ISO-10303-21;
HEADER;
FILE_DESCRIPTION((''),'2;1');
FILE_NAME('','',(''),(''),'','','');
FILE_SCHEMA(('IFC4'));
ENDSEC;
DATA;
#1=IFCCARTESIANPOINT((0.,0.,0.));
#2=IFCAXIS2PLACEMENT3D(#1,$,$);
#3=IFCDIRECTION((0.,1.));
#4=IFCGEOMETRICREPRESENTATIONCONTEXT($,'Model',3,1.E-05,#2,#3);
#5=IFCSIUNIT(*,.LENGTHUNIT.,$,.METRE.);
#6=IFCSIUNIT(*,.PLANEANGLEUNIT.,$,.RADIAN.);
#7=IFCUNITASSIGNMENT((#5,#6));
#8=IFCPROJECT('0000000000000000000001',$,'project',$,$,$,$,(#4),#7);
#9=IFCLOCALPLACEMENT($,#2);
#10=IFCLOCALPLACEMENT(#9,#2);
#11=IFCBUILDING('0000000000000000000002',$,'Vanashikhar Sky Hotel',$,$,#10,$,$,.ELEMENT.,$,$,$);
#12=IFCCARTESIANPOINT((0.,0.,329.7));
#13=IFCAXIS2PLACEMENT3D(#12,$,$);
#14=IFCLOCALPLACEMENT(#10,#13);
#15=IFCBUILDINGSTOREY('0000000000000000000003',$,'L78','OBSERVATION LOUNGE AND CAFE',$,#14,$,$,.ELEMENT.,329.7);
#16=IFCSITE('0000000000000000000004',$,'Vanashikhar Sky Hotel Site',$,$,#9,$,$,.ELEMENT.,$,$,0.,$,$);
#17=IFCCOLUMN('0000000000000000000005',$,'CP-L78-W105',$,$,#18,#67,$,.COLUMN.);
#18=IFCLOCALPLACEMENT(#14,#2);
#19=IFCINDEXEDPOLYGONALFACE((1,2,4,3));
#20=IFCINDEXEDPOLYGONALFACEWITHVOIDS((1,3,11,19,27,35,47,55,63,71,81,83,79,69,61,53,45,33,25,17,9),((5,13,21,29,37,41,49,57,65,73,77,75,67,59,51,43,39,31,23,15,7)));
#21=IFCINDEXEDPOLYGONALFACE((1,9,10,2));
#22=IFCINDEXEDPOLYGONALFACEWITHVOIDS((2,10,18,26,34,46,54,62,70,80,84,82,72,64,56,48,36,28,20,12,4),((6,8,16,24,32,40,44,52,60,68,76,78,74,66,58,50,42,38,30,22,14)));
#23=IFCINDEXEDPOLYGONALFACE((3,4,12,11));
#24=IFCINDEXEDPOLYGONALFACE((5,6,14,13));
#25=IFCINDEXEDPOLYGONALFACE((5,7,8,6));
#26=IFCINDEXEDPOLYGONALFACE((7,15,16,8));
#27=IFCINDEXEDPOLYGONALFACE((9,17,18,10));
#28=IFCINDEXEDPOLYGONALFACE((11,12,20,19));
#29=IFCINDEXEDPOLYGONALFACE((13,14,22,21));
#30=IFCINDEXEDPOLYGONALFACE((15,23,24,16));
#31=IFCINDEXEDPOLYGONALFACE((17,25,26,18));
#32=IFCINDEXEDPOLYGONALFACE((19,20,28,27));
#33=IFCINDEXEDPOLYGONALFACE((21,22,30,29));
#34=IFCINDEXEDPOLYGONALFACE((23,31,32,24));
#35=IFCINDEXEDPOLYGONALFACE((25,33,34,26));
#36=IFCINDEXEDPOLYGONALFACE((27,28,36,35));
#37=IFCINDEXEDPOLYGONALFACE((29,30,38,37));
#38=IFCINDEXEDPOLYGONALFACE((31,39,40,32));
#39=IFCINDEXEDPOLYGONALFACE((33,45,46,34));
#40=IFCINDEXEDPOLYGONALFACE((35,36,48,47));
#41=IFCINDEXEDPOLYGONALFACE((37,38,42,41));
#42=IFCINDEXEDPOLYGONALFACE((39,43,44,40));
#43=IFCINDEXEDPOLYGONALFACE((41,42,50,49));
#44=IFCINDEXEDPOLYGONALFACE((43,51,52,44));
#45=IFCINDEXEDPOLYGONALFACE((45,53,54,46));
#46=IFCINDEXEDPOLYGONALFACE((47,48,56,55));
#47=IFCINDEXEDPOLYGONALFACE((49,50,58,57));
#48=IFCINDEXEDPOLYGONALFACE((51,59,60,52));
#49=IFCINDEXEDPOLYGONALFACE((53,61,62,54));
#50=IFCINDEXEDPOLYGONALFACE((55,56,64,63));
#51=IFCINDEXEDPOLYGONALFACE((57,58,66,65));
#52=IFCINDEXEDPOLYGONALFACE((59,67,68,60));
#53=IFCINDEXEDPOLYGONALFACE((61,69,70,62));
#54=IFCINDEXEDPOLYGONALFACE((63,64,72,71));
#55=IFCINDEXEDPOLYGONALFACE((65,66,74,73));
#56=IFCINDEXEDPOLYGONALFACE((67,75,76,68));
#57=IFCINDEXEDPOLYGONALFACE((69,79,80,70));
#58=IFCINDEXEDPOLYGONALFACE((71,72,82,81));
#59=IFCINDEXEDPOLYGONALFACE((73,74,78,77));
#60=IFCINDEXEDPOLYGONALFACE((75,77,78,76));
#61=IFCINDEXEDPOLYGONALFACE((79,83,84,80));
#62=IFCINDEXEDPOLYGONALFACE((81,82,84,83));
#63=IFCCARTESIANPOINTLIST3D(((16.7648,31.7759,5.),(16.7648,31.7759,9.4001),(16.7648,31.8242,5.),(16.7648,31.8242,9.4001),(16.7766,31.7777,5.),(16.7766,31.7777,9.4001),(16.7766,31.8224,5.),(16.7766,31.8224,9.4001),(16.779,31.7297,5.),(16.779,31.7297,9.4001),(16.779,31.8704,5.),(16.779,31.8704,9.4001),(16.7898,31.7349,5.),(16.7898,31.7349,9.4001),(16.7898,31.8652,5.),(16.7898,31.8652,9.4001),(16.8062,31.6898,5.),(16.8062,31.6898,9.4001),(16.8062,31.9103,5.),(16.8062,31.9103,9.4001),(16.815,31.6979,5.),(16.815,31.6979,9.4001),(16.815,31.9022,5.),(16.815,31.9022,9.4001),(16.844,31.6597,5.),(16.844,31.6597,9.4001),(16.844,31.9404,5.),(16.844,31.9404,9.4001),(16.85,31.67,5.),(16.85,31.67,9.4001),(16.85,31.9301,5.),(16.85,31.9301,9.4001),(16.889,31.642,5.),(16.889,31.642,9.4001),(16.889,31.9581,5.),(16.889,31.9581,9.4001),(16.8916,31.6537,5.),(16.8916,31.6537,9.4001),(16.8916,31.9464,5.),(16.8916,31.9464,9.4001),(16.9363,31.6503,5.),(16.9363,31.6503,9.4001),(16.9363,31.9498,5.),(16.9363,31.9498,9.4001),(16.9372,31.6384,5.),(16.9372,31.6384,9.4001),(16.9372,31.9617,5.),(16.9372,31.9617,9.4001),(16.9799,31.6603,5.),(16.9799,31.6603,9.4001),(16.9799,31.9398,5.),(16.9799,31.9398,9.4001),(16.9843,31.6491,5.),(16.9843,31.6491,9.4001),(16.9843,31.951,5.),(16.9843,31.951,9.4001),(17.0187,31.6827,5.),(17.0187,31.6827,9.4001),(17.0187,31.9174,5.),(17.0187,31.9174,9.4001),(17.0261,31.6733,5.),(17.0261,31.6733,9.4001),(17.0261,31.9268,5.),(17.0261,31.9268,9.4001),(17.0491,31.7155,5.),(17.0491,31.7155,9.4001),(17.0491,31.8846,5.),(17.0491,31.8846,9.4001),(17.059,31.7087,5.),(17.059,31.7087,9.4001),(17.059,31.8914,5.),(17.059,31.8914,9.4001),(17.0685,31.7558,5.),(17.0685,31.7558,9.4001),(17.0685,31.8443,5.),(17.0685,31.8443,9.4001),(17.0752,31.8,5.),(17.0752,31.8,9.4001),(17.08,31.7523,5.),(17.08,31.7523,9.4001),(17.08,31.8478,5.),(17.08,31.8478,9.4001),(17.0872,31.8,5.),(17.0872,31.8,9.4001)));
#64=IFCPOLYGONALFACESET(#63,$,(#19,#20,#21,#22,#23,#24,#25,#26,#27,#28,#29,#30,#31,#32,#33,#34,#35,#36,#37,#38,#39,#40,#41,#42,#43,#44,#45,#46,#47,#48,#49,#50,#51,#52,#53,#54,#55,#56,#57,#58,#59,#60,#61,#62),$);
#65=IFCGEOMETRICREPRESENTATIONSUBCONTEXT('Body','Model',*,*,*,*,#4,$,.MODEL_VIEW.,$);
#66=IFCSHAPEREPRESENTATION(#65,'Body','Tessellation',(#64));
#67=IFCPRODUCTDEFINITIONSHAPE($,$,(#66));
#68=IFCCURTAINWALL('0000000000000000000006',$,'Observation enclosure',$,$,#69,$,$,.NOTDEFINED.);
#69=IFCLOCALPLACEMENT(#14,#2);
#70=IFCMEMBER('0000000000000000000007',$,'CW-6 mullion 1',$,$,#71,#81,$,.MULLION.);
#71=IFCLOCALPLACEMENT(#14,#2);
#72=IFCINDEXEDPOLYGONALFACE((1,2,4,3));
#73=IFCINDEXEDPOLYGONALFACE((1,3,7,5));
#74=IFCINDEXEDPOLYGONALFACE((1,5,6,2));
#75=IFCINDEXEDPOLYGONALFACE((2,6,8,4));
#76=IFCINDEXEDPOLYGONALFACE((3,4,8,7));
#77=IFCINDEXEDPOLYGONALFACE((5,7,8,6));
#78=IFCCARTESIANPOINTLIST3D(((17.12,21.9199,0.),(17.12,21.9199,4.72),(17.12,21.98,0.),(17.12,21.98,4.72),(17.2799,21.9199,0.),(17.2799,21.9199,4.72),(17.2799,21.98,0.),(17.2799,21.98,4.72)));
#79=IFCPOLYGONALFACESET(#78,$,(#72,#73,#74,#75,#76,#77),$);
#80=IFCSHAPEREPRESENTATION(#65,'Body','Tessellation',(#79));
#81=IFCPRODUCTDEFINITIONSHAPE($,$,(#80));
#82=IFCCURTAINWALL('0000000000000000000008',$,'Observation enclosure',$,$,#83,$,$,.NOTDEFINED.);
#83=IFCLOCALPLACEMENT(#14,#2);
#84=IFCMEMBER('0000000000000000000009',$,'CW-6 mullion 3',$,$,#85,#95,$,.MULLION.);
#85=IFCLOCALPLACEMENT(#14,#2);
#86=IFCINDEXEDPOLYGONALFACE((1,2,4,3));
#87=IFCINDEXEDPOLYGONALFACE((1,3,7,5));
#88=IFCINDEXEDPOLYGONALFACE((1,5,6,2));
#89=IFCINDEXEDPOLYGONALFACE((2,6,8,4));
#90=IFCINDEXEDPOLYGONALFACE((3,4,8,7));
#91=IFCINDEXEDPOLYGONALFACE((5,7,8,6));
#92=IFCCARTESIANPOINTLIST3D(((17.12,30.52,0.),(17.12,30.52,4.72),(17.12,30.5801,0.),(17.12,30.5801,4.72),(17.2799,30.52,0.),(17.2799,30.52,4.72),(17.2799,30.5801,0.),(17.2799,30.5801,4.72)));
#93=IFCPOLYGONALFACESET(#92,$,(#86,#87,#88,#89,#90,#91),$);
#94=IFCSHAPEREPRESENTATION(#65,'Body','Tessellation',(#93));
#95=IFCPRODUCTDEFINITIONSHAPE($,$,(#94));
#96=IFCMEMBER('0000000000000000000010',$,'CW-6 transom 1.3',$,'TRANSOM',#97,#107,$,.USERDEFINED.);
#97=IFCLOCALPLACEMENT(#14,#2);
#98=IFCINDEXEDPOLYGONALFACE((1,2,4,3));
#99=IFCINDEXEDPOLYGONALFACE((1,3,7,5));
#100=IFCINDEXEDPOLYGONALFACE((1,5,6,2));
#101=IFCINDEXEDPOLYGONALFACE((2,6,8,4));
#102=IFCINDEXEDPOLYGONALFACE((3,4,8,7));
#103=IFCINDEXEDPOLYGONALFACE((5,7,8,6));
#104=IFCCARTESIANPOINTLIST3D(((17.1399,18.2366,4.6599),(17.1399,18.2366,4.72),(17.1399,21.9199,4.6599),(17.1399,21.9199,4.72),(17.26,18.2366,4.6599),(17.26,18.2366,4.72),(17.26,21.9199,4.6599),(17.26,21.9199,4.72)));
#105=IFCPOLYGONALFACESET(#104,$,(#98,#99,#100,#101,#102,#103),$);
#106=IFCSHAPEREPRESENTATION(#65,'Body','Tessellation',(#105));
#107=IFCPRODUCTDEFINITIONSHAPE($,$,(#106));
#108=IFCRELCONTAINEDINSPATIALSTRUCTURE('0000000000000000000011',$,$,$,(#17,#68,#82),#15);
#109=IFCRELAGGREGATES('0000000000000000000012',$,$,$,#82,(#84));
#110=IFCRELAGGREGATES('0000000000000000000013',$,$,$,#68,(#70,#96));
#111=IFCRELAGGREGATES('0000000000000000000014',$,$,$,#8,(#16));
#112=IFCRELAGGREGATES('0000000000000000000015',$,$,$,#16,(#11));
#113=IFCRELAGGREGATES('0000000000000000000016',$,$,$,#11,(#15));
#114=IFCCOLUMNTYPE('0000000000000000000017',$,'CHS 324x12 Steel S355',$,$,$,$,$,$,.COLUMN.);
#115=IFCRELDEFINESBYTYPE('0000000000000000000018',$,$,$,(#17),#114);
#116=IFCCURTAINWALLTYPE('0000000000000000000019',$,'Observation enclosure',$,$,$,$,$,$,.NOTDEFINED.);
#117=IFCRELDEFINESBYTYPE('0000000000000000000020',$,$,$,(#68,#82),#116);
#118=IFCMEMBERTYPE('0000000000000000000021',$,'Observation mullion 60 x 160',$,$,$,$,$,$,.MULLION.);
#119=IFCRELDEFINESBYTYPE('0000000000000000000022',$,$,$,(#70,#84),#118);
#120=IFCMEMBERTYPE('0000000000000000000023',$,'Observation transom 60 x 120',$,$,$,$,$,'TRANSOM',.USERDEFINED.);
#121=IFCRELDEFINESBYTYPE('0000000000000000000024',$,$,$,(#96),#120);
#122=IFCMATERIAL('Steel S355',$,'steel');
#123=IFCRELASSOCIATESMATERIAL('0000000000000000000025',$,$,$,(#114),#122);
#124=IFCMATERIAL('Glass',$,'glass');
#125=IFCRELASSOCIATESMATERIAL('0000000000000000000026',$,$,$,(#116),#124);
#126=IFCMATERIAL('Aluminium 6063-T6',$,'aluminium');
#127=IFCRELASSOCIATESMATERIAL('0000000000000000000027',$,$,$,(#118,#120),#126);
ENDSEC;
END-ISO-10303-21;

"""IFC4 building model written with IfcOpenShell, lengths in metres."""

from ifc_helpers import new_model, si_unit, direction, frame, origin, origin_2d, place, context, subcontext, project, spatial, rectangle, hollow_circle, extrude, source, transform, mapped, material, material_profile, profile_set, type_object, element, aggregate, save


model = new_model("IFC4")

# Units and contexts
model_context = context("Model", 3, precision=1e-05, world=origin(), true_north=direction((0.0, 1.0)))
body_context = subcontext(model_context, "Body", "Model", "MODEL_VIEW")
ifc_project = project(units=[si_unit("LENGTHUNIT", "METRE"), si_unit("PLANEANGLEUNIT", "RADIAN")], contexts=[model_context])

# Site, building, storey
site_placement = place(None, origin())
site = spatial("IfcSite", under=ifc_project, at=site_placement, Name="Vanashikhar Sky Hotel Site", CompositionType="ELEMENT", RefElevation=0.0)
building_placement = place(site_placement, origin())
building = spatial("IfcBuilding", under=site, at=building_placement, Name="Vanashikhar Sky Hotel", CompositionType="ELEMENT")
storey_placement = place(building_placement, frame((0.0, 0.0, 329.7)))
storey = spatial("IfcBuildingStorey", under=building, at=storey_placement, Name="L78", Description="OBSERVATION LOUNGE AND CAFE", CompositionType="ELEMENT", Elevation=329.7)

# Column
ifc_material_1 = material(Name="Steel S355", Category="steel")
ifc_material_profile_1 = material_profile(ifc_material_1, hollow_circle(Radius=0.1621, WallThickness=0.012, at=origin_2d()))
ifc_profile_set_1 = profile_set([ifc_material_profile_1], Name="CHS 324x12 Steel S355")
column_type = type_object("IfcColumnType", Name="CHS 324x12 Steel S355", PredefinedType="COLUMN", material=ifc_profile_set_1)
shared_shape_1 = source(origin(), body_context, "Body", "SweptSolid", [
    extrude(hollow_circle(Radius=0.1621, WallThickness=0.012, at=origin_2d()), origin(), (0.0, 0.0, 1.0), 4.4001),
])
column_placement = place(storey_placement, frame((16.925, 31.8, 5.0), z_axis=(0.0, 0.0, 1.0), x_axis=(1.0, 0.0, 0.0)))
element("IfcColumn", 1, at=column_placement, inside=storey, type_object=column_type, Name="CP-L78-W105", PredefinedType="COLUMN", context=body_context, shape_type="MappedRepresentation", body=[
    mapped(shared_shape_1, transform((0.0, 0.0, 0.0), scale=1.0)),
])

# Curtain walls, members
ifc_material_2 = material(Name="Glass", Category="glass")
curtain_wall_type = type_object("IfcCurtainWallType", Name="Observation enclosure", PredefinedType="NOTDEFINED", material=ifc_material_2)
curtain_wall_1_placement = place(storey_placement, origin())
curtain_wall_1 = element("IfcCurtainWall", 2, at=curtain_wall_1_placement, inside=storey, type_object=curtain_wall_type, Name="Observation enclosure", PredefinedType="NOTDEFINED")
ifc_material_3 = material(Name="Aluminium 6063-T6", Category="aluminium")
ifc_material_profile_2 = material_profile(ifc_material_3, rectangle(XDim=0.1599, YDim=0.0601, at=origin_2d()))
ifc_profile_set_2 = profile_set([ifc_material_profile_2], Name="Aluminium 6063-T6")
member_type_1 = type_object("IfcMemberType", Name="Observation mullion 60 x 160", PredefinedType="MULLION", material=ifc_profile_set_2)
shared_shape_2 = source(origin(), body_context, "Body", "SweptSolid", [
    extrude(rectangle(XDim=0.1599, YDim=0.0601, at=origin_2d()), origin(), (0.0, 0.0, 1.0), 4.72),
])
member_1_placement = place(storey_placement, frame((17.2, 21.95, 0.0), z_axis=(0.0, 0.0, 1.0), x_axis=(1.0, 0.0, 0.0)))
member_1 = element("IfcMember", 3, at=member_1_placement, type_object=member_type_1, Name="CW-6 mullion 1", PredefinedType="MULLION", context=body_context, shape_type="MappedRepresentation", body=[
    mapped(shared_shape_2, transform((0.0, 0.0, 0.0), scale=1.0)),
])
curtain_wall_2_placement = place(storey_placement, origin())
curtain_wall_2 = element("IfcCurtainWall", 4, at=curtain_wall_2_placement, inside=storey, type_object=curtain_wall_type, Name="Observation enclosure", PredefinedType="NOTDEFINED")
member_2_placement = place(storey_placement, frame((17.2, 30.55, 0.0), z_axis=(0.0, 0.0, 1.0), x_axis=(1.0, 0.0, 0.0)))
member_2 = element("IfcMember", 5, at=member_2_placement, type_object=member_type_1, Name="CW-6 mullion 3", PredefinedType="MULLION", context=body_context, shape_type="MappedRepresentation", body=[
    mapped(shared_shape_2, transform((0.0, 0.0, 0.0), scale=1.0)),
])
aggregate(curtain_wall_2, [member_2])

# Member
ifc_material_profile_3 = material_profile(ifc_material_3, rectangle(XDim=0.1201, YDim=0.0601, at=origin_2d()))
ifc_profile_set_3 = profile_set([ifc_material_profile_3], Name="Aluminium 6063-T6")
member_type_2 = type_object("IfcMemberType", Name="Observation transom 60 x 120", ElementType="TRANSOM", PredefinedType="USERDEFINED", material=ifc_profile_set_3)
shared_shape_3 = source(origin(), body_context, "Body", "SweptSolid", [
    extrude(rectangle(XDim=0.1201, YDim=0.0601, at=origin_2d()), origin(), (0.0, 0.0, 1.0), 3.6833),
])
member_3_placement = place(storey_placement, frame((17.2, 21.9199, 4.6899), z_axis=(0.0, -1.0, 0.0), x_axis=(1.0, 0.0, 0.0)))
member_3 = element("IfcMember", 6, at=member_3_placement, type_object=member_type_2, Name="CW-6 transom 1.3", ObjectType="TRANSOM", PredefinedType="USERDEFINED", context=body_context, shape_type="MappedRepresentation", body=[
    mapped(shared_shape_3, transform((0.0, 0.0, 0.0), scale=1.0)),
])
aggregate(curtain_wall_1, [member_1, member_3])

save(model, "model.ifc")
